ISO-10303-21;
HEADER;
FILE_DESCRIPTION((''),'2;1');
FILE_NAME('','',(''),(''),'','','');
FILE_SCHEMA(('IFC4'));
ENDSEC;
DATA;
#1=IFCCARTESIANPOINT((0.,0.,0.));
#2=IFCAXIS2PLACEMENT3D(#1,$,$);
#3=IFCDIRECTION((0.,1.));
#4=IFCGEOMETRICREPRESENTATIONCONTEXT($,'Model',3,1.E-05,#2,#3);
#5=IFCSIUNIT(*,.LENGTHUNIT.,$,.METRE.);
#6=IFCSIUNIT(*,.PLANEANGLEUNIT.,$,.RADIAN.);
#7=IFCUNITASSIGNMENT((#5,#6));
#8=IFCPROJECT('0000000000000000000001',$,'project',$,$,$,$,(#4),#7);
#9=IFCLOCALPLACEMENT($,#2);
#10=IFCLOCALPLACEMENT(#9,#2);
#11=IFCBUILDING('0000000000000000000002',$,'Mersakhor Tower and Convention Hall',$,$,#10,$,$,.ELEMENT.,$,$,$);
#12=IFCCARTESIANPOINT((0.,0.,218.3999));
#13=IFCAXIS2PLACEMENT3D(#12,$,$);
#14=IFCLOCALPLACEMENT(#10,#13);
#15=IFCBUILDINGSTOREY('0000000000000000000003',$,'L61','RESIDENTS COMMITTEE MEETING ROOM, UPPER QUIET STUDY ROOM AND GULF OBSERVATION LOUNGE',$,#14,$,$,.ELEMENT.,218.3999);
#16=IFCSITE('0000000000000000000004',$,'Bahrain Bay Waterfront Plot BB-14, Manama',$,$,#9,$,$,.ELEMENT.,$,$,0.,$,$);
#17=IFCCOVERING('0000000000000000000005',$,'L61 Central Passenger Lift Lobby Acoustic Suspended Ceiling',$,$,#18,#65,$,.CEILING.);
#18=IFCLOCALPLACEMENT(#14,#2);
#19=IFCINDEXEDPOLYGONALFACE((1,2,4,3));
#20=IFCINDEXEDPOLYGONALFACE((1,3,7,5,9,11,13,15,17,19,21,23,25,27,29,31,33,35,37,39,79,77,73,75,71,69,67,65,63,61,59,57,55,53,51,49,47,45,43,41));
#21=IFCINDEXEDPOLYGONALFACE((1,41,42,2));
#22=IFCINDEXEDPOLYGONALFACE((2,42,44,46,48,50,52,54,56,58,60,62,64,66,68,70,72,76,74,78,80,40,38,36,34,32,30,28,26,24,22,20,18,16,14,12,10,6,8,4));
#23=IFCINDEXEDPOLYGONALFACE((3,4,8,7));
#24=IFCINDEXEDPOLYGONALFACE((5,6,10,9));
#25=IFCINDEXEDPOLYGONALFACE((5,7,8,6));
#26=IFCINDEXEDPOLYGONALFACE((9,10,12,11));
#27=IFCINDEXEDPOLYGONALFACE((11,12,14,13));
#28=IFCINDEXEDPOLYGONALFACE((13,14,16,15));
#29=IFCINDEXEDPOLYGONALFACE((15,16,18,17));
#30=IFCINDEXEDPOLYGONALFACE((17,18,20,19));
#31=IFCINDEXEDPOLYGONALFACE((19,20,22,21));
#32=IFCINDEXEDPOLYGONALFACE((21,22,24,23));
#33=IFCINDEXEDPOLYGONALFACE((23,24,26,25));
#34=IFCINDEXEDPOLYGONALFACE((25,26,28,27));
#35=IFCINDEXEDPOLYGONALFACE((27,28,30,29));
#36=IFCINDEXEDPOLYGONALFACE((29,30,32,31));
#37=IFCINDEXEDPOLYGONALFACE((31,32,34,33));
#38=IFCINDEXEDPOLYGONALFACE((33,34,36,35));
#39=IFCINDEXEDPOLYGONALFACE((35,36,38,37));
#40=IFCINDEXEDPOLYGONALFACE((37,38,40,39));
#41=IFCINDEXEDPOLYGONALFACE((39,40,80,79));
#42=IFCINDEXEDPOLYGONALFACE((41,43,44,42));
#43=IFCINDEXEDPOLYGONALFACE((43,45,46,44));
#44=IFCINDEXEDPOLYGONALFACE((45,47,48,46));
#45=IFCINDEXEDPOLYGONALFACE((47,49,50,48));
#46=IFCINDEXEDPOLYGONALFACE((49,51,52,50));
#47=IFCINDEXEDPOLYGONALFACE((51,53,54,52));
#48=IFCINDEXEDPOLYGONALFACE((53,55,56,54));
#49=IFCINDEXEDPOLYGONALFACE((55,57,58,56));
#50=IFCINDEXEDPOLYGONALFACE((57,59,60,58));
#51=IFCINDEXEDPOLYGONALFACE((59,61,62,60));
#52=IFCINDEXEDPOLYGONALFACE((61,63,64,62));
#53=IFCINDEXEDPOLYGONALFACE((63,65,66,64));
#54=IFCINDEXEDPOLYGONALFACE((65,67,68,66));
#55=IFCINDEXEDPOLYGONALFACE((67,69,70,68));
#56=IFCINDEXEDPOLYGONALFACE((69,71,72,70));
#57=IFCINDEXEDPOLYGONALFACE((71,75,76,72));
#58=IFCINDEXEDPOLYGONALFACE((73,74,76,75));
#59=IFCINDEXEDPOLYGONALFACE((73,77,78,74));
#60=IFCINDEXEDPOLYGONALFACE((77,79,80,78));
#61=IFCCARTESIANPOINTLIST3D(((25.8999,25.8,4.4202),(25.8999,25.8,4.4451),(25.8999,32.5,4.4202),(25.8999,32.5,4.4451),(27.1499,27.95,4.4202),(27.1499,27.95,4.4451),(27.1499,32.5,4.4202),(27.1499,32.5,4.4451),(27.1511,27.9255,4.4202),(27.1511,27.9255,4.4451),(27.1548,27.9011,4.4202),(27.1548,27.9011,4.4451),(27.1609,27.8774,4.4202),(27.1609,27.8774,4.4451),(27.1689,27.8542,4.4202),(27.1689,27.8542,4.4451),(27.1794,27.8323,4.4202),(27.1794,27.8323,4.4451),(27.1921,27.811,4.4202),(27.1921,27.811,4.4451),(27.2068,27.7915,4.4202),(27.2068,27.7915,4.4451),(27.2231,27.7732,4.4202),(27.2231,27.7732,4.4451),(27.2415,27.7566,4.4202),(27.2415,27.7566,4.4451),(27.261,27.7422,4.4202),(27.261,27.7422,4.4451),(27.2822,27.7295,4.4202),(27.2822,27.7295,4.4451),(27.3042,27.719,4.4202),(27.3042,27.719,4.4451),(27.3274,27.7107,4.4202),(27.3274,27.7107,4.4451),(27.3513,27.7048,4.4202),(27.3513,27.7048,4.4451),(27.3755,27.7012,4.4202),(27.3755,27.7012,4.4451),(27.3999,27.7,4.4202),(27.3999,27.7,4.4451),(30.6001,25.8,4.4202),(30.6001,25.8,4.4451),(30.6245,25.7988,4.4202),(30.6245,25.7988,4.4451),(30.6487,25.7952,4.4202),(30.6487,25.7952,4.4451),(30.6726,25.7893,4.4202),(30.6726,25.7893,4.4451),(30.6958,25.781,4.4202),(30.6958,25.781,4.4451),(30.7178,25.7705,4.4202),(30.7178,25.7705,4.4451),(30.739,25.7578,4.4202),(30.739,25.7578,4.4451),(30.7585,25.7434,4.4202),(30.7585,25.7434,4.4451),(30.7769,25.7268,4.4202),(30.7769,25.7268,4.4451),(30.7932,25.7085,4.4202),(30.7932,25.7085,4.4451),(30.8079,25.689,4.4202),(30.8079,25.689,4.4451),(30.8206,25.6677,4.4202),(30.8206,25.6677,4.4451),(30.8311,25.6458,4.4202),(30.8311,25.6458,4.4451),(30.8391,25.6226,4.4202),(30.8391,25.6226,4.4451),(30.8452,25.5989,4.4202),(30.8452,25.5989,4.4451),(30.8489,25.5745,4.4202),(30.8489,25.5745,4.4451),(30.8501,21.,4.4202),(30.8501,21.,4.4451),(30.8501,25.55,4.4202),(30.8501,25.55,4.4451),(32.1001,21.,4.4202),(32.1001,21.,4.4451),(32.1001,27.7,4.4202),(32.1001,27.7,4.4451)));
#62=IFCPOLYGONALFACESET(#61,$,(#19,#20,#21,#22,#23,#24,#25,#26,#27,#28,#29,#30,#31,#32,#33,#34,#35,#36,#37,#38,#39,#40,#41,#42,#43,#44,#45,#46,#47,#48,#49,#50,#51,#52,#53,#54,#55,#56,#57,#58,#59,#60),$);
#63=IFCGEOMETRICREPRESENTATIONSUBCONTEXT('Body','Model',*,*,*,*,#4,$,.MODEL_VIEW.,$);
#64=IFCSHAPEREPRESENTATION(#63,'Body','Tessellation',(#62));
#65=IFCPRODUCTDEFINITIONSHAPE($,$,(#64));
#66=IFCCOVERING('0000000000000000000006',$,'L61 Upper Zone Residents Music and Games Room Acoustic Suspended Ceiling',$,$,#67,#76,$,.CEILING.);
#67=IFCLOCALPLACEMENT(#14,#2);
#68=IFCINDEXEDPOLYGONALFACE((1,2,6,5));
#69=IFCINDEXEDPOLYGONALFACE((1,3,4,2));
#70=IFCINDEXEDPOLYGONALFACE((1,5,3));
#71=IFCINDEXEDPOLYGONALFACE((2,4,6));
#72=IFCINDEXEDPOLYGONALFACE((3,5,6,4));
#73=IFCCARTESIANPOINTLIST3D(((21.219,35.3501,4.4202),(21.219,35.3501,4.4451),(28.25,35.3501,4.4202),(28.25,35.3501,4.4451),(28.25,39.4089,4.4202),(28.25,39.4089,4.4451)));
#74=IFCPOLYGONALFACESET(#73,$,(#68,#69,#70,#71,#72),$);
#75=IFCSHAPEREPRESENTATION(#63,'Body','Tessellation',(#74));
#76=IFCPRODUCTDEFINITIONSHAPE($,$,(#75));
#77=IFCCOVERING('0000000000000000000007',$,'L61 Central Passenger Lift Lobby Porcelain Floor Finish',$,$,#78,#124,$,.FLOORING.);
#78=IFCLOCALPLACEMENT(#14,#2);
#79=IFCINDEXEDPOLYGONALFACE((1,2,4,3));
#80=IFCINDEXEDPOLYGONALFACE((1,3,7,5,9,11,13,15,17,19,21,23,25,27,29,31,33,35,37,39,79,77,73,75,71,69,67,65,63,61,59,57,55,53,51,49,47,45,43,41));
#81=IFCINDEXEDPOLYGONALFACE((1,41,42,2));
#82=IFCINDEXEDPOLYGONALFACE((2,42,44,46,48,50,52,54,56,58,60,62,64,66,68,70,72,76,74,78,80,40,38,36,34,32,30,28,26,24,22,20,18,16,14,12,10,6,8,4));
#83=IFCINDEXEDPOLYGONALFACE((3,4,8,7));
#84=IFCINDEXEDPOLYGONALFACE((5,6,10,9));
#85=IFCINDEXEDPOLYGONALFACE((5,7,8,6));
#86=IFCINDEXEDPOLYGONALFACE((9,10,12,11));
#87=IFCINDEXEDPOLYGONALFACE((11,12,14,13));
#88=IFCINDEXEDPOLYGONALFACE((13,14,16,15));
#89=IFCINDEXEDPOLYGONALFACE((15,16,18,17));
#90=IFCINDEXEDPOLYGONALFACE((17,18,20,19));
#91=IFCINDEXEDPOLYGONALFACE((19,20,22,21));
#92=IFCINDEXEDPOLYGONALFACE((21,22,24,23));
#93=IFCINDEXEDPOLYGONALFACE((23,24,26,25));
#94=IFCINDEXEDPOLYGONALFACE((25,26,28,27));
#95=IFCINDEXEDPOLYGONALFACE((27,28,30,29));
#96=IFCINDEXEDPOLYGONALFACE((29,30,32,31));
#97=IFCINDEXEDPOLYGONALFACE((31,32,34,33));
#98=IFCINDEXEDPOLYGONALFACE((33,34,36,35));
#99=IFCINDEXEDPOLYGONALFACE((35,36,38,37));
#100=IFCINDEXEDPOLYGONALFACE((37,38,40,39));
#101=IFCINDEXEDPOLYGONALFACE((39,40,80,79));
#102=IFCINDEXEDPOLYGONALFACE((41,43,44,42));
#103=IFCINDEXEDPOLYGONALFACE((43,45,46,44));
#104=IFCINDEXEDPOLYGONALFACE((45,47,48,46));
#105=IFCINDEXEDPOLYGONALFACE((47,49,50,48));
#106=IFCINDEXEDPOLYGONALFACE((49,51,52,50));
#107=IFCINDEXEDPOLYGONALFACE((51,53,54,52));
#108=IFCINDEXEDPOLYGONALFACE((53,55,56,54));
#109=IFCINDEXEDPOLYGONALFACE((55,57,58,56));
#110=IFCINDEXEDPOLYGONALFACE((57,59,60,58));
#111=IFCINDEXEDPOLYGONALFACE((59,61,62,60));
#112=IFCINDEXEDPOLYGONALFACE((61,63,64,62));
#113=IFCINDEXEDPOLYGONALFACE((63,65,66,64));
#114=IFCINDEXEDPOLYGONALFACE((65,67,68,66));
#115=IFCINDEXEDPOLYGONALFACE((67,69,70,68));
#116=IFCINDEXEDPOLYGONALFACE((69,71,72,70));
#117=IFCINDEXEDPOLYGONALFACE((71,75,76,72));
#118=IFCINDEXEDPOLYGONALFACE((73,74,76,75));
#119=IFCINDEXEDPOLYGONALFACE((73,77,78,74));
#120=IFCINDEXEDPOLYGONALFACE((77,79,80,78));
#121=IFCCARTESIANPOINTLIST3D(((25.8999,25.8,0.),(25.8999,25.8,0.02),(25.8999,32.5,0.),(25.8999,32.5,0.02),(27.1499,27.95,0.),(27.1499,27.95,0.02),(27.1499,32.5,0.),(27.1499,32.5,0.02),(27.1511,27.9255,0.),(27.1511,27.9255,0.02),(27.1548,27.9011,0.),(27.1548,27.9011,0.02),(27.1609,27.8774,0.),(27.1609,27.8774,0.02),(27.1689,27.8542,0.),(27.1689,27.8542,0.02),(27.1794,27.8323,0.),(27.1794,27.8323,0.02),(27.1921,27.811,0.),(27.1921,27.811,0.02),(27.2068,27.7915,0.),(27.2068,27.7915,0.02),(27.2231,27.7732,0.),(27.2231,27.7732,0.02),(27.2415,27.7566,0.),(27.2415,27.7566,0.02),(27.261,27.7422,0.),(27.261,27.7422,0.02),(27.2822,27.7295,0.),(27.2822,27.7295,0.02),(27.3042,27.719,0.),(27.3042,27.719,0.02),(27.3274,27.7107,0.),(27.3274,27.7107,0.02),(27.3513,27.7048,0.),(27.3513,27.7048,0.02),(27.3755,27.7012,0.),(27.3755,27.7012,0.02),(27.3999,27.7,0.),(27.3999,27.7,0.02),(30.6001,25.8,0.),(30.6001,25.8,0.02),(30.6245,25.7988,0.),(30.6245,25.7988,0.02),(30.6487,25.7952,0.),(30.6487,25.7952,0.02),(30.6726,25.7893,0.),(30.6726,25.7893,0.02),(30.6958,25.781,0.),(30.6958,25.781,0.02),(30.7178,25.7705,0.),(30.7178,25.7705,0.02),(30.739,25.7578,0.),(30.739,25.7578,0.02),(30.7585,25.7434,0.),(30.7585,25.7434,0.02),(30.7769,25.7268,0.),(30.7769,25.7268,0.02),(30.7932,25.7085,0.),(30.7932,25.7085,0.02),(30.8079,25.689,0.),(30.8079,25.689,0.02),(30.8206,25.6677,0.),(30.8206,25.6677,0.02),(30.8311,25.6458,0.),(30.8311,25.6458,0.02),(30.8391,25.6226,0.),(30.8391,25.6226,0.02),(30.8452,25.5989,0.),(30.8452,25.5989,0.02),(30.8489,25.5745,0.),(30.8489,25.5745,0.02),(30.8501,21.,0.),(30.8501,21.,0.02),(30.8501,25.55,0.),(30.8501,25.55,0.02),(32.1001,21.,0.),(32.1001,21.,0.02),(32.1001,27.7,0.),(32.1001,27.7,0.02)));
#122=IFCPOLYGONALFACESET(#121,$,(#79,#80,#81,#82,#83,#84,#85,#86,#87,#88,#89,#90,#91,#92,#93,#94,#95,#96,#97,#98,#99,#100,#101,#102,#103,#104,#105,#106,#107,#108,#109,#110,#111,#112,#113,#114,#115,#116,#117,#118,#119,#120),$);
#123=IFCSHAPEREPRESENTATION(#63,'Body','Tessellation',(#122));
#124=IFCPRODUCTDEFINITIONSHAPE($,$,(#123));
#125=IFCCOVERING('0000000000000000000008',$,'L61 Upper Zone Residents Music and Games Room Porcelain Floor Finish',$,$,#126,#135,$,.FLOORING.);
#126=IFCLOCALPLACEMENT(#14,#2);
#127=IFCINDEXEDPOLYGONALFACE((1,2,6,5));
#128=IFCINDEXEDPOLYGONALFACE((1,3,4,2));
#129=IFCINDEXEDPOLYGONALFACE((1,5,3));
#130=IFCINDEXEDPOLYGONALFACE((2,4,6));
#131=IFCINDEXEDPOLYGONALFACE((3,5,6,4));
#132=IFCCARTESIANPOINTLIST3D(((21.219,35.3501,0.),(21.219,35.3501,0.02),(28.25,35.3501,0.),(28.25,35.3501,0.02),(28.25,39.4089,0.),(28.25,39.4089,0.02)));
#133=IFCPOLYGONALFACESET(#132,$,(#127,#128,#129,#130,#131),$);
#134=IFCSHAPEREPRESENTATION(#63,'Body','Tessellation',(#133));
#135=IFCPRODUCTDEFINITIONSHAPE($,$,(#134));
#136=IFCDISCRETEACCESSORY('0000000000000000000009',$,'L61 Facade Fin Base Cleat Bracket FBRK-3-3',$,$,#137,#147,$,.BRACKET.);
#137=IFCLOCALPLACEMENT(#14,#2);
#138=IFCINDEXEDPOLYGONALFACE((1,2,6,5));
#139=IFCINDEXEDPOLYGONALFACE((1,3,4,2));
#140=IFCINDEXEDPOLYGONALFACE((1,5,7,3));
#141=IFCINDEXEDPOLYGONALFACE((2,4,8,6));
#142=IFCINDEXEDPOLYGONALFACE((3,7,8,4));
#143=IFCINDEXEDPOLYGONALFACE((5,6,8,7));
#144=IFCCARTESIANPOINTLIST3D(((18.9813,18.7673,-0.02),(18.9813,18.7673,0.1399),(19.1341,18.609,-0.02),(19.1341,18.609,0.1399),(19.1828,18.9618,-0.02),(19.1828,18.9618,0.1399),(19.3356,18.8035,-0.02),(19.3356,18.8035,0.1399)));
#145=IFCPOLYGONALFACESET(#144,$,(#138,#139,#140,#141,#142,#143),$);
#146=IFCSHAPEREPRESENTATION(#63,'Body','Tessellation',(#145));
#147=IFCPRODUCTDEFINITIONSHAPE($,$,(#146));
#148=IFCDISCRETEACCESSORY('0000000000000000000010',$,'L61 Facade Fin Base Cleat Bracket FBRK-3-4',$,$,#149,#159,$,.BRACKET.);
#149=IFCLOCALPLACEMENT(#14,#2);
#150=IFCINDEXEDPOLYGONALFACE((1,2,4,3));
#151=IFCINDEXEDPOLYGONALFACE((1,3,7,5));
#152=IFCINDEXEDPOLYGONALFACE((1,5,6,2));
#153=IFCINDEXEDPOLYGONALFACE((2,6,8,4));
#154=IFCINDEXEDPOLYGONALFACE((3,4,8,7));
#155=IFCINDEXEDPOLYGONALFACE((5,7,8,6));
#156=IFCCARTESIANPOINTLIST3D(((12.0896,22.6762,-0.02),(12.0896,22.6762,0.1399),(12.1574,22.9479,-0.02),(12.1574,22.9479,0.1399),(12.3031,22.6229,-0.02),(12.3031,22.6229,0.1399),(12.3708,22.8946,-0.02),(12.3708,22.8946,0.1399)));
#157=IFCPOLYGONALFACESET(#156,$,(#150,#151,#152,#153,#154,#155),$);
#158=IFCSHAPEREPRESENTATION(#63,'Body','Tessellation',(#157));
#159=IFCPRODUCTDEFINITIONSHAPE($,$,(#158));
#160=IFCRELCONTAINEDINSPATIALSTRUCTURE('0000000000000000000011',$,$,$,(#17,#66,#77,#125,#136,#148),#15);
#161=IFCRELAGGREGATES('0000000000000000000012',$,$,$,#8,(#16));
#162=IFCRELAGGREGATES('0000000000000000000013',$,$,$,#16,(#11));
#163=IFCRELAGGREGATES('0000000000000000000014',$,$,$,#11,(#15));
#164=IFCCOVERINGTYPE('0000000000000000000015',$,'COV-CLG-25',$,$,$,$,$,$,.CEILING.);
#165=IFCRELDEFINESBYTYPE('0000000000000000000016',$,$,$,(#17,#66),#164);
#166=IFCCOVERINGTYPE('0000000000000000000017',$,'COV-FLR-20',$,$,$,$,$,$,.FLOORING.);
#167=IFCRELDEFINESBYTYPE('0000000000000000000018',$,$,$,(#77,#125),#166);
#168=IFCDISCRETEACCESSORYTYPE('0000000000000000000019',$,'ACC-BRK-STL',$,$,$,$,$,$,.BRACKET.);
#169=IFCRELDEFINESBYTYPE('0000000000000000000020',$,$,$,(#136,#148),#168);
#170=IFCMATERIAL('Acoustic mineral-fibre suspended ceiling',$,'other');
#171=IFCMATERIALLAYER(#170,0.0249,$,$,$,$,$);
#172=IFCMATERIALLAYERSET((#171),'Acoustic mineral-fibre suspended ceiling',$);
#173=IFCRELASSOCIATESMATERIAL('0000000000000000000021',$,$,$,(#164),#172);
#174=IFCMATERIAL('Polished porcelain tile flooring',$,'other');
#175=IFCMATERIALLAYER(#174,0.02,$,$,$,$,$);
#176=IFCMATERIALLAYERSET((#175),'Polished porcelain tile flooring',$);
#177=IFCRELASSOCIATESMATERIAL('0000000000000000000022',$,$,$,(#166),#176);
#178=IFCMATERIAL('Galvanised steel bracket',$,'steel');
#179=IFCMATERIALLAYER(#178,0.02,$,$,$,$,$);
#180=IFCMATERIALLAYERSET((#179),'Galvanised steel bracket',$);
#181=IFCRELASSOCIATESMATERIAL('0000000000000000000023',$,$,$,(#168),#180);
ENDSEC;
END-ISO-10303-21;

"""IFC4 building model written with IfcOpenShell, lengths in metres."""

from ifc_helpers import new_model, si_unit, direction, frame, origin, origin_2d, place, context, subcontext, project, spatial, polyline, rectangle, outline, extrude, material, layer, layer_set, type_object, element, save


model = new_model("IFC4")

# Units and contexts
model_context = context("Model", 3, precision=1e-05, world=origin(), true_north=direction((0.0, 1.0)))
body_context = subcontext(model_context, "Body", "Model", "MODEL_VIEW")
ifc_project = project(units=[si_unit("LENGTHUNIT", "METRE"), si_unit("PLANEANGLEUNIT", "RADIAN")], contexts=[model_context])

# Site, building, storey
site_placement = place(None, origin())
site = spatial("IfcSite", under=ifc_project, at=site_placement, Name="Bahrain Bay Waterfront Plot BB-14, Manama", CompositionType="ELEMENT", RefElevation=0.0)
building_placement = place(site_placement, origin())
building = spatial("IfcBuilding", under=site, at=building_placement, Name="Mersakhor Tower and Convention Hall", CompositionType="ELEMENT")
storey_placement = place(building_placement, frame((0.0, 0.0, 218.3999)))
storey = spatial("IfcBuildingStorey", under=building, at=storey_placement, Name="L61", Description="RESIDENTS COMMITTEE MEETING ROOM, UPPER QUIET STUDY ROOM AND GULF OBSERVATION LOUNGE", CompositionType="ELEMENT", Elevation=218.3999)

# Coverings
ifc_material_1 = material(Name="Acoustic mineral-fibre suspended ceiling", Category="other")
ifc_layer_1 = layer(ifc_material_1, 0.0249)
ifc_layer_set_1 = layer_set([ifc_layer_1], Name="Acoustic mineral-fibre suspended ceiling")
covering_type_1 = type_object("IfcCoveringType", Name="COV-CLG-25", PredefinedType="CEILING", material=ifc_layer_set_1)
covering_1_placement = place(storey_placement, frame((0.0, 0.0, 4.4202)))
element("IfcCovering", 1, at=covering_1_placement, inside=storey, type_object=covering_type_1, Name="L61 Central Passenger Lift Lobby Acoustic Suspended Ceiling", PredefinedType="CEILING", context=body_context, shape_type="SweptSolid", body=[
    extrude(outline(polyline([(30.8501, 21.0), (30.8501, 25.55), (30.8489, 25.5745), (30.8452, 25.5989), (30.8391, 25.6226), (30.8311, 25.6458), (30.8206, 25.6677), (30.8079, 25.689), (30.7932, 25.7085), (30.7769, 25.7268), (30.7585, 25.7434), (30.739, 25.7578), (30.7178, 25.7705), (30.6958, 25.781), (30.6726, 25.7893), (30.6487, 25.7952), (30.6245, 25.7988), (30.6001, 25.8), (25.8999, 25.8), (25.8999, 32.5), (27.1499, 32.5), (27.1499, 27.95), (27.1511, 27.9255), (27.1548, 27.9011), (27.1609, 27.8774), (27.1689, 27.8542), (27.1794, 27.8323), (27.1921, 27.811), (27.2068, 27.7915), (27.2231, 27.7732), (27.2415, 27.7566), (27.261, 27.7422), (27.2822, 27.7295), (27.3042, 27.719), (27.3274, 27.7107), (27.3513, 27.7048), (27.3755, 27.7012), (27.3999, 27.7), (32.1001, 27.7), (32.1001, 21.0), (30.8501, 21.0)])), origin(), (0.0, 0.0, 1.0), 0.0249),
])
covering_2_placement = place(storey_placement, frame((0.0, 0.0, 4.4202)))
element("IfcCovering", 2, at=covering_2_placement, inside=storey, type_object=covering_type_1, Name="L61 Upper Zone Residents Music and Games Room Acoustic Suspended Ceiling", PredefinedType="CEILING", context=body_context, shape_type="SweptSolid", body=[
    extrude(outline(polyline([(28.25, 39.4089), (28.25, 35.3501), (21.219, 35.3501), (28.25, 39.4089)])), origin(), (0.0, 0.0, 1.0), 0.0249),
])
ifc_material_2 = material(Name="Polished porcelain tile flooring", Category="other")
ifc_layer_2 = layer(ifc_material_2, 0.02)
ifc_layer_set_2 = layer_set([ifc_layer_2], Name="Polished porcelain tile flooring")
covering_type_2 = type_object("IfcCoveringType", Name="COV-FLR-20", PredefinedType="FLOORING", material=ifc_layer_set_2)
covering_3_placement = place(storey_placement, origin())
element("IfcCovering", 3, at=covering_3_placement, inside=storey, type_object=covering_type_2, Name="L61 Central Passenger Lift Lobby Porcelain Floor Finish", PredefinedType="FLOORING", context=body_context, shape_type="SweptSolid", body=[
    extrude(outline(polyline([(30.8501, 21.0), (30.8501, 25.55), (30.8489, 25.5745), (30.8452, 25.5989), (30.8391, 25.6226), (30.8311, 25.6458), (30.8206, 25.6677), (30.8079, 25.689), (30.7932, 25.7085), (30.7769, 25.7268), (30.7585, 25.7434), (30.739, 25.7578), (30.7178, 25.7705), (30.6958, 25.781), (30.6726, 25.7893), (30.6487, 25.7952), (30.6245, 25.7988), (30.6001, 25.8), (25.8999, 25.8), (25.8999, 32.5), (27.1499, 32.5), (27.1499, 27.95), (27.1511, 27.9255), (27.1548, 27.9011), (27.1609, 27.8774), (27.1689, 27.8542), (27.1794, 27.8323), (27.1921, 27.811), (27.2068, 27.7915), (27.2231, 27.7732), (27.2415, 27.7566), (27.261, 27.7422), (27.2822, 27.7295), (27.3042, 27.719), (27.3274, 27.7107), (27.3513, 27.7048), (27.3755, 27.7012), (27.3999, 27.7), (32.1001, 27.7), (32.1001, 21.0), (30.8501, 21.0)])), origin(), (0.0, 0.0, 1.0), 0.02),
])
covering_4_placement = place(storey_placement, origin())
element("IfcCovering", 4, at=covering_4_placement, inside=storey, type_object=covering_type_2, Name="L61 Upper Zone Residents Music and Games Room Porcelain Floor Finish", PredefinedType="FLOORING", context=body_context, shape_type="SweptSolid", body=[
    extrude(outline(polyline([(28.25, 39.4089), (28.25, 35.3501), (21.219, 35.3501), (28.25, 39.4089)])), origin(), (0.0, 0.0, 1.0), 0.02),
])

# Discrete accessories
ifc_material_3 = material(Name="Galvanised steel bracket", Category="steel")
ifc_layer_3 = layer(ifc_material_3, 0.02)
ifc_layer_set_3 = layer_set([ifc_layer_3], Name="Galvanised steel bracket")
discrete_accessory_type = type_object("IfcDiscreteAccessoryType", Name="ACC-BRK-STL", PredefinedType="BRACKET", material=ifc_layer_set_3)
for number, where, z_axis, x_axis, name in (
    (5, (19.1584, 18.7854, -0.02), (0.0, 0.0, 1.0), (-0.71934, -0.694658, 0.0), "L61 Facade Fin Base Cleat Bracket FBRK-3-3"),
    (6, (12.2302, 22.7854, -0.02), (0.0, 0.0, 1.0), (-0.241922, -0.970296, 0.0), "L61 Facade Fin Base Cleat Bracket FBRK-3-4"),
):
    element("IfcDiscreteAccessory", number, at=place(storey_placement, frame(where, z_axis=z_axis, x_axis=x_axis)), inside=storey, type_object=discrete_accessory_type, Name=name, PredefinedType="BRACKET", context=body_context, shape_type="SweptSolid", body=[
        extrude(rectangle(XDim=0.28, YDim=0.22, at=origin_2d()), origin(), (0.0, 0.0, 1.0), 0.1599),
    ])

save(model, "model.ifc")
